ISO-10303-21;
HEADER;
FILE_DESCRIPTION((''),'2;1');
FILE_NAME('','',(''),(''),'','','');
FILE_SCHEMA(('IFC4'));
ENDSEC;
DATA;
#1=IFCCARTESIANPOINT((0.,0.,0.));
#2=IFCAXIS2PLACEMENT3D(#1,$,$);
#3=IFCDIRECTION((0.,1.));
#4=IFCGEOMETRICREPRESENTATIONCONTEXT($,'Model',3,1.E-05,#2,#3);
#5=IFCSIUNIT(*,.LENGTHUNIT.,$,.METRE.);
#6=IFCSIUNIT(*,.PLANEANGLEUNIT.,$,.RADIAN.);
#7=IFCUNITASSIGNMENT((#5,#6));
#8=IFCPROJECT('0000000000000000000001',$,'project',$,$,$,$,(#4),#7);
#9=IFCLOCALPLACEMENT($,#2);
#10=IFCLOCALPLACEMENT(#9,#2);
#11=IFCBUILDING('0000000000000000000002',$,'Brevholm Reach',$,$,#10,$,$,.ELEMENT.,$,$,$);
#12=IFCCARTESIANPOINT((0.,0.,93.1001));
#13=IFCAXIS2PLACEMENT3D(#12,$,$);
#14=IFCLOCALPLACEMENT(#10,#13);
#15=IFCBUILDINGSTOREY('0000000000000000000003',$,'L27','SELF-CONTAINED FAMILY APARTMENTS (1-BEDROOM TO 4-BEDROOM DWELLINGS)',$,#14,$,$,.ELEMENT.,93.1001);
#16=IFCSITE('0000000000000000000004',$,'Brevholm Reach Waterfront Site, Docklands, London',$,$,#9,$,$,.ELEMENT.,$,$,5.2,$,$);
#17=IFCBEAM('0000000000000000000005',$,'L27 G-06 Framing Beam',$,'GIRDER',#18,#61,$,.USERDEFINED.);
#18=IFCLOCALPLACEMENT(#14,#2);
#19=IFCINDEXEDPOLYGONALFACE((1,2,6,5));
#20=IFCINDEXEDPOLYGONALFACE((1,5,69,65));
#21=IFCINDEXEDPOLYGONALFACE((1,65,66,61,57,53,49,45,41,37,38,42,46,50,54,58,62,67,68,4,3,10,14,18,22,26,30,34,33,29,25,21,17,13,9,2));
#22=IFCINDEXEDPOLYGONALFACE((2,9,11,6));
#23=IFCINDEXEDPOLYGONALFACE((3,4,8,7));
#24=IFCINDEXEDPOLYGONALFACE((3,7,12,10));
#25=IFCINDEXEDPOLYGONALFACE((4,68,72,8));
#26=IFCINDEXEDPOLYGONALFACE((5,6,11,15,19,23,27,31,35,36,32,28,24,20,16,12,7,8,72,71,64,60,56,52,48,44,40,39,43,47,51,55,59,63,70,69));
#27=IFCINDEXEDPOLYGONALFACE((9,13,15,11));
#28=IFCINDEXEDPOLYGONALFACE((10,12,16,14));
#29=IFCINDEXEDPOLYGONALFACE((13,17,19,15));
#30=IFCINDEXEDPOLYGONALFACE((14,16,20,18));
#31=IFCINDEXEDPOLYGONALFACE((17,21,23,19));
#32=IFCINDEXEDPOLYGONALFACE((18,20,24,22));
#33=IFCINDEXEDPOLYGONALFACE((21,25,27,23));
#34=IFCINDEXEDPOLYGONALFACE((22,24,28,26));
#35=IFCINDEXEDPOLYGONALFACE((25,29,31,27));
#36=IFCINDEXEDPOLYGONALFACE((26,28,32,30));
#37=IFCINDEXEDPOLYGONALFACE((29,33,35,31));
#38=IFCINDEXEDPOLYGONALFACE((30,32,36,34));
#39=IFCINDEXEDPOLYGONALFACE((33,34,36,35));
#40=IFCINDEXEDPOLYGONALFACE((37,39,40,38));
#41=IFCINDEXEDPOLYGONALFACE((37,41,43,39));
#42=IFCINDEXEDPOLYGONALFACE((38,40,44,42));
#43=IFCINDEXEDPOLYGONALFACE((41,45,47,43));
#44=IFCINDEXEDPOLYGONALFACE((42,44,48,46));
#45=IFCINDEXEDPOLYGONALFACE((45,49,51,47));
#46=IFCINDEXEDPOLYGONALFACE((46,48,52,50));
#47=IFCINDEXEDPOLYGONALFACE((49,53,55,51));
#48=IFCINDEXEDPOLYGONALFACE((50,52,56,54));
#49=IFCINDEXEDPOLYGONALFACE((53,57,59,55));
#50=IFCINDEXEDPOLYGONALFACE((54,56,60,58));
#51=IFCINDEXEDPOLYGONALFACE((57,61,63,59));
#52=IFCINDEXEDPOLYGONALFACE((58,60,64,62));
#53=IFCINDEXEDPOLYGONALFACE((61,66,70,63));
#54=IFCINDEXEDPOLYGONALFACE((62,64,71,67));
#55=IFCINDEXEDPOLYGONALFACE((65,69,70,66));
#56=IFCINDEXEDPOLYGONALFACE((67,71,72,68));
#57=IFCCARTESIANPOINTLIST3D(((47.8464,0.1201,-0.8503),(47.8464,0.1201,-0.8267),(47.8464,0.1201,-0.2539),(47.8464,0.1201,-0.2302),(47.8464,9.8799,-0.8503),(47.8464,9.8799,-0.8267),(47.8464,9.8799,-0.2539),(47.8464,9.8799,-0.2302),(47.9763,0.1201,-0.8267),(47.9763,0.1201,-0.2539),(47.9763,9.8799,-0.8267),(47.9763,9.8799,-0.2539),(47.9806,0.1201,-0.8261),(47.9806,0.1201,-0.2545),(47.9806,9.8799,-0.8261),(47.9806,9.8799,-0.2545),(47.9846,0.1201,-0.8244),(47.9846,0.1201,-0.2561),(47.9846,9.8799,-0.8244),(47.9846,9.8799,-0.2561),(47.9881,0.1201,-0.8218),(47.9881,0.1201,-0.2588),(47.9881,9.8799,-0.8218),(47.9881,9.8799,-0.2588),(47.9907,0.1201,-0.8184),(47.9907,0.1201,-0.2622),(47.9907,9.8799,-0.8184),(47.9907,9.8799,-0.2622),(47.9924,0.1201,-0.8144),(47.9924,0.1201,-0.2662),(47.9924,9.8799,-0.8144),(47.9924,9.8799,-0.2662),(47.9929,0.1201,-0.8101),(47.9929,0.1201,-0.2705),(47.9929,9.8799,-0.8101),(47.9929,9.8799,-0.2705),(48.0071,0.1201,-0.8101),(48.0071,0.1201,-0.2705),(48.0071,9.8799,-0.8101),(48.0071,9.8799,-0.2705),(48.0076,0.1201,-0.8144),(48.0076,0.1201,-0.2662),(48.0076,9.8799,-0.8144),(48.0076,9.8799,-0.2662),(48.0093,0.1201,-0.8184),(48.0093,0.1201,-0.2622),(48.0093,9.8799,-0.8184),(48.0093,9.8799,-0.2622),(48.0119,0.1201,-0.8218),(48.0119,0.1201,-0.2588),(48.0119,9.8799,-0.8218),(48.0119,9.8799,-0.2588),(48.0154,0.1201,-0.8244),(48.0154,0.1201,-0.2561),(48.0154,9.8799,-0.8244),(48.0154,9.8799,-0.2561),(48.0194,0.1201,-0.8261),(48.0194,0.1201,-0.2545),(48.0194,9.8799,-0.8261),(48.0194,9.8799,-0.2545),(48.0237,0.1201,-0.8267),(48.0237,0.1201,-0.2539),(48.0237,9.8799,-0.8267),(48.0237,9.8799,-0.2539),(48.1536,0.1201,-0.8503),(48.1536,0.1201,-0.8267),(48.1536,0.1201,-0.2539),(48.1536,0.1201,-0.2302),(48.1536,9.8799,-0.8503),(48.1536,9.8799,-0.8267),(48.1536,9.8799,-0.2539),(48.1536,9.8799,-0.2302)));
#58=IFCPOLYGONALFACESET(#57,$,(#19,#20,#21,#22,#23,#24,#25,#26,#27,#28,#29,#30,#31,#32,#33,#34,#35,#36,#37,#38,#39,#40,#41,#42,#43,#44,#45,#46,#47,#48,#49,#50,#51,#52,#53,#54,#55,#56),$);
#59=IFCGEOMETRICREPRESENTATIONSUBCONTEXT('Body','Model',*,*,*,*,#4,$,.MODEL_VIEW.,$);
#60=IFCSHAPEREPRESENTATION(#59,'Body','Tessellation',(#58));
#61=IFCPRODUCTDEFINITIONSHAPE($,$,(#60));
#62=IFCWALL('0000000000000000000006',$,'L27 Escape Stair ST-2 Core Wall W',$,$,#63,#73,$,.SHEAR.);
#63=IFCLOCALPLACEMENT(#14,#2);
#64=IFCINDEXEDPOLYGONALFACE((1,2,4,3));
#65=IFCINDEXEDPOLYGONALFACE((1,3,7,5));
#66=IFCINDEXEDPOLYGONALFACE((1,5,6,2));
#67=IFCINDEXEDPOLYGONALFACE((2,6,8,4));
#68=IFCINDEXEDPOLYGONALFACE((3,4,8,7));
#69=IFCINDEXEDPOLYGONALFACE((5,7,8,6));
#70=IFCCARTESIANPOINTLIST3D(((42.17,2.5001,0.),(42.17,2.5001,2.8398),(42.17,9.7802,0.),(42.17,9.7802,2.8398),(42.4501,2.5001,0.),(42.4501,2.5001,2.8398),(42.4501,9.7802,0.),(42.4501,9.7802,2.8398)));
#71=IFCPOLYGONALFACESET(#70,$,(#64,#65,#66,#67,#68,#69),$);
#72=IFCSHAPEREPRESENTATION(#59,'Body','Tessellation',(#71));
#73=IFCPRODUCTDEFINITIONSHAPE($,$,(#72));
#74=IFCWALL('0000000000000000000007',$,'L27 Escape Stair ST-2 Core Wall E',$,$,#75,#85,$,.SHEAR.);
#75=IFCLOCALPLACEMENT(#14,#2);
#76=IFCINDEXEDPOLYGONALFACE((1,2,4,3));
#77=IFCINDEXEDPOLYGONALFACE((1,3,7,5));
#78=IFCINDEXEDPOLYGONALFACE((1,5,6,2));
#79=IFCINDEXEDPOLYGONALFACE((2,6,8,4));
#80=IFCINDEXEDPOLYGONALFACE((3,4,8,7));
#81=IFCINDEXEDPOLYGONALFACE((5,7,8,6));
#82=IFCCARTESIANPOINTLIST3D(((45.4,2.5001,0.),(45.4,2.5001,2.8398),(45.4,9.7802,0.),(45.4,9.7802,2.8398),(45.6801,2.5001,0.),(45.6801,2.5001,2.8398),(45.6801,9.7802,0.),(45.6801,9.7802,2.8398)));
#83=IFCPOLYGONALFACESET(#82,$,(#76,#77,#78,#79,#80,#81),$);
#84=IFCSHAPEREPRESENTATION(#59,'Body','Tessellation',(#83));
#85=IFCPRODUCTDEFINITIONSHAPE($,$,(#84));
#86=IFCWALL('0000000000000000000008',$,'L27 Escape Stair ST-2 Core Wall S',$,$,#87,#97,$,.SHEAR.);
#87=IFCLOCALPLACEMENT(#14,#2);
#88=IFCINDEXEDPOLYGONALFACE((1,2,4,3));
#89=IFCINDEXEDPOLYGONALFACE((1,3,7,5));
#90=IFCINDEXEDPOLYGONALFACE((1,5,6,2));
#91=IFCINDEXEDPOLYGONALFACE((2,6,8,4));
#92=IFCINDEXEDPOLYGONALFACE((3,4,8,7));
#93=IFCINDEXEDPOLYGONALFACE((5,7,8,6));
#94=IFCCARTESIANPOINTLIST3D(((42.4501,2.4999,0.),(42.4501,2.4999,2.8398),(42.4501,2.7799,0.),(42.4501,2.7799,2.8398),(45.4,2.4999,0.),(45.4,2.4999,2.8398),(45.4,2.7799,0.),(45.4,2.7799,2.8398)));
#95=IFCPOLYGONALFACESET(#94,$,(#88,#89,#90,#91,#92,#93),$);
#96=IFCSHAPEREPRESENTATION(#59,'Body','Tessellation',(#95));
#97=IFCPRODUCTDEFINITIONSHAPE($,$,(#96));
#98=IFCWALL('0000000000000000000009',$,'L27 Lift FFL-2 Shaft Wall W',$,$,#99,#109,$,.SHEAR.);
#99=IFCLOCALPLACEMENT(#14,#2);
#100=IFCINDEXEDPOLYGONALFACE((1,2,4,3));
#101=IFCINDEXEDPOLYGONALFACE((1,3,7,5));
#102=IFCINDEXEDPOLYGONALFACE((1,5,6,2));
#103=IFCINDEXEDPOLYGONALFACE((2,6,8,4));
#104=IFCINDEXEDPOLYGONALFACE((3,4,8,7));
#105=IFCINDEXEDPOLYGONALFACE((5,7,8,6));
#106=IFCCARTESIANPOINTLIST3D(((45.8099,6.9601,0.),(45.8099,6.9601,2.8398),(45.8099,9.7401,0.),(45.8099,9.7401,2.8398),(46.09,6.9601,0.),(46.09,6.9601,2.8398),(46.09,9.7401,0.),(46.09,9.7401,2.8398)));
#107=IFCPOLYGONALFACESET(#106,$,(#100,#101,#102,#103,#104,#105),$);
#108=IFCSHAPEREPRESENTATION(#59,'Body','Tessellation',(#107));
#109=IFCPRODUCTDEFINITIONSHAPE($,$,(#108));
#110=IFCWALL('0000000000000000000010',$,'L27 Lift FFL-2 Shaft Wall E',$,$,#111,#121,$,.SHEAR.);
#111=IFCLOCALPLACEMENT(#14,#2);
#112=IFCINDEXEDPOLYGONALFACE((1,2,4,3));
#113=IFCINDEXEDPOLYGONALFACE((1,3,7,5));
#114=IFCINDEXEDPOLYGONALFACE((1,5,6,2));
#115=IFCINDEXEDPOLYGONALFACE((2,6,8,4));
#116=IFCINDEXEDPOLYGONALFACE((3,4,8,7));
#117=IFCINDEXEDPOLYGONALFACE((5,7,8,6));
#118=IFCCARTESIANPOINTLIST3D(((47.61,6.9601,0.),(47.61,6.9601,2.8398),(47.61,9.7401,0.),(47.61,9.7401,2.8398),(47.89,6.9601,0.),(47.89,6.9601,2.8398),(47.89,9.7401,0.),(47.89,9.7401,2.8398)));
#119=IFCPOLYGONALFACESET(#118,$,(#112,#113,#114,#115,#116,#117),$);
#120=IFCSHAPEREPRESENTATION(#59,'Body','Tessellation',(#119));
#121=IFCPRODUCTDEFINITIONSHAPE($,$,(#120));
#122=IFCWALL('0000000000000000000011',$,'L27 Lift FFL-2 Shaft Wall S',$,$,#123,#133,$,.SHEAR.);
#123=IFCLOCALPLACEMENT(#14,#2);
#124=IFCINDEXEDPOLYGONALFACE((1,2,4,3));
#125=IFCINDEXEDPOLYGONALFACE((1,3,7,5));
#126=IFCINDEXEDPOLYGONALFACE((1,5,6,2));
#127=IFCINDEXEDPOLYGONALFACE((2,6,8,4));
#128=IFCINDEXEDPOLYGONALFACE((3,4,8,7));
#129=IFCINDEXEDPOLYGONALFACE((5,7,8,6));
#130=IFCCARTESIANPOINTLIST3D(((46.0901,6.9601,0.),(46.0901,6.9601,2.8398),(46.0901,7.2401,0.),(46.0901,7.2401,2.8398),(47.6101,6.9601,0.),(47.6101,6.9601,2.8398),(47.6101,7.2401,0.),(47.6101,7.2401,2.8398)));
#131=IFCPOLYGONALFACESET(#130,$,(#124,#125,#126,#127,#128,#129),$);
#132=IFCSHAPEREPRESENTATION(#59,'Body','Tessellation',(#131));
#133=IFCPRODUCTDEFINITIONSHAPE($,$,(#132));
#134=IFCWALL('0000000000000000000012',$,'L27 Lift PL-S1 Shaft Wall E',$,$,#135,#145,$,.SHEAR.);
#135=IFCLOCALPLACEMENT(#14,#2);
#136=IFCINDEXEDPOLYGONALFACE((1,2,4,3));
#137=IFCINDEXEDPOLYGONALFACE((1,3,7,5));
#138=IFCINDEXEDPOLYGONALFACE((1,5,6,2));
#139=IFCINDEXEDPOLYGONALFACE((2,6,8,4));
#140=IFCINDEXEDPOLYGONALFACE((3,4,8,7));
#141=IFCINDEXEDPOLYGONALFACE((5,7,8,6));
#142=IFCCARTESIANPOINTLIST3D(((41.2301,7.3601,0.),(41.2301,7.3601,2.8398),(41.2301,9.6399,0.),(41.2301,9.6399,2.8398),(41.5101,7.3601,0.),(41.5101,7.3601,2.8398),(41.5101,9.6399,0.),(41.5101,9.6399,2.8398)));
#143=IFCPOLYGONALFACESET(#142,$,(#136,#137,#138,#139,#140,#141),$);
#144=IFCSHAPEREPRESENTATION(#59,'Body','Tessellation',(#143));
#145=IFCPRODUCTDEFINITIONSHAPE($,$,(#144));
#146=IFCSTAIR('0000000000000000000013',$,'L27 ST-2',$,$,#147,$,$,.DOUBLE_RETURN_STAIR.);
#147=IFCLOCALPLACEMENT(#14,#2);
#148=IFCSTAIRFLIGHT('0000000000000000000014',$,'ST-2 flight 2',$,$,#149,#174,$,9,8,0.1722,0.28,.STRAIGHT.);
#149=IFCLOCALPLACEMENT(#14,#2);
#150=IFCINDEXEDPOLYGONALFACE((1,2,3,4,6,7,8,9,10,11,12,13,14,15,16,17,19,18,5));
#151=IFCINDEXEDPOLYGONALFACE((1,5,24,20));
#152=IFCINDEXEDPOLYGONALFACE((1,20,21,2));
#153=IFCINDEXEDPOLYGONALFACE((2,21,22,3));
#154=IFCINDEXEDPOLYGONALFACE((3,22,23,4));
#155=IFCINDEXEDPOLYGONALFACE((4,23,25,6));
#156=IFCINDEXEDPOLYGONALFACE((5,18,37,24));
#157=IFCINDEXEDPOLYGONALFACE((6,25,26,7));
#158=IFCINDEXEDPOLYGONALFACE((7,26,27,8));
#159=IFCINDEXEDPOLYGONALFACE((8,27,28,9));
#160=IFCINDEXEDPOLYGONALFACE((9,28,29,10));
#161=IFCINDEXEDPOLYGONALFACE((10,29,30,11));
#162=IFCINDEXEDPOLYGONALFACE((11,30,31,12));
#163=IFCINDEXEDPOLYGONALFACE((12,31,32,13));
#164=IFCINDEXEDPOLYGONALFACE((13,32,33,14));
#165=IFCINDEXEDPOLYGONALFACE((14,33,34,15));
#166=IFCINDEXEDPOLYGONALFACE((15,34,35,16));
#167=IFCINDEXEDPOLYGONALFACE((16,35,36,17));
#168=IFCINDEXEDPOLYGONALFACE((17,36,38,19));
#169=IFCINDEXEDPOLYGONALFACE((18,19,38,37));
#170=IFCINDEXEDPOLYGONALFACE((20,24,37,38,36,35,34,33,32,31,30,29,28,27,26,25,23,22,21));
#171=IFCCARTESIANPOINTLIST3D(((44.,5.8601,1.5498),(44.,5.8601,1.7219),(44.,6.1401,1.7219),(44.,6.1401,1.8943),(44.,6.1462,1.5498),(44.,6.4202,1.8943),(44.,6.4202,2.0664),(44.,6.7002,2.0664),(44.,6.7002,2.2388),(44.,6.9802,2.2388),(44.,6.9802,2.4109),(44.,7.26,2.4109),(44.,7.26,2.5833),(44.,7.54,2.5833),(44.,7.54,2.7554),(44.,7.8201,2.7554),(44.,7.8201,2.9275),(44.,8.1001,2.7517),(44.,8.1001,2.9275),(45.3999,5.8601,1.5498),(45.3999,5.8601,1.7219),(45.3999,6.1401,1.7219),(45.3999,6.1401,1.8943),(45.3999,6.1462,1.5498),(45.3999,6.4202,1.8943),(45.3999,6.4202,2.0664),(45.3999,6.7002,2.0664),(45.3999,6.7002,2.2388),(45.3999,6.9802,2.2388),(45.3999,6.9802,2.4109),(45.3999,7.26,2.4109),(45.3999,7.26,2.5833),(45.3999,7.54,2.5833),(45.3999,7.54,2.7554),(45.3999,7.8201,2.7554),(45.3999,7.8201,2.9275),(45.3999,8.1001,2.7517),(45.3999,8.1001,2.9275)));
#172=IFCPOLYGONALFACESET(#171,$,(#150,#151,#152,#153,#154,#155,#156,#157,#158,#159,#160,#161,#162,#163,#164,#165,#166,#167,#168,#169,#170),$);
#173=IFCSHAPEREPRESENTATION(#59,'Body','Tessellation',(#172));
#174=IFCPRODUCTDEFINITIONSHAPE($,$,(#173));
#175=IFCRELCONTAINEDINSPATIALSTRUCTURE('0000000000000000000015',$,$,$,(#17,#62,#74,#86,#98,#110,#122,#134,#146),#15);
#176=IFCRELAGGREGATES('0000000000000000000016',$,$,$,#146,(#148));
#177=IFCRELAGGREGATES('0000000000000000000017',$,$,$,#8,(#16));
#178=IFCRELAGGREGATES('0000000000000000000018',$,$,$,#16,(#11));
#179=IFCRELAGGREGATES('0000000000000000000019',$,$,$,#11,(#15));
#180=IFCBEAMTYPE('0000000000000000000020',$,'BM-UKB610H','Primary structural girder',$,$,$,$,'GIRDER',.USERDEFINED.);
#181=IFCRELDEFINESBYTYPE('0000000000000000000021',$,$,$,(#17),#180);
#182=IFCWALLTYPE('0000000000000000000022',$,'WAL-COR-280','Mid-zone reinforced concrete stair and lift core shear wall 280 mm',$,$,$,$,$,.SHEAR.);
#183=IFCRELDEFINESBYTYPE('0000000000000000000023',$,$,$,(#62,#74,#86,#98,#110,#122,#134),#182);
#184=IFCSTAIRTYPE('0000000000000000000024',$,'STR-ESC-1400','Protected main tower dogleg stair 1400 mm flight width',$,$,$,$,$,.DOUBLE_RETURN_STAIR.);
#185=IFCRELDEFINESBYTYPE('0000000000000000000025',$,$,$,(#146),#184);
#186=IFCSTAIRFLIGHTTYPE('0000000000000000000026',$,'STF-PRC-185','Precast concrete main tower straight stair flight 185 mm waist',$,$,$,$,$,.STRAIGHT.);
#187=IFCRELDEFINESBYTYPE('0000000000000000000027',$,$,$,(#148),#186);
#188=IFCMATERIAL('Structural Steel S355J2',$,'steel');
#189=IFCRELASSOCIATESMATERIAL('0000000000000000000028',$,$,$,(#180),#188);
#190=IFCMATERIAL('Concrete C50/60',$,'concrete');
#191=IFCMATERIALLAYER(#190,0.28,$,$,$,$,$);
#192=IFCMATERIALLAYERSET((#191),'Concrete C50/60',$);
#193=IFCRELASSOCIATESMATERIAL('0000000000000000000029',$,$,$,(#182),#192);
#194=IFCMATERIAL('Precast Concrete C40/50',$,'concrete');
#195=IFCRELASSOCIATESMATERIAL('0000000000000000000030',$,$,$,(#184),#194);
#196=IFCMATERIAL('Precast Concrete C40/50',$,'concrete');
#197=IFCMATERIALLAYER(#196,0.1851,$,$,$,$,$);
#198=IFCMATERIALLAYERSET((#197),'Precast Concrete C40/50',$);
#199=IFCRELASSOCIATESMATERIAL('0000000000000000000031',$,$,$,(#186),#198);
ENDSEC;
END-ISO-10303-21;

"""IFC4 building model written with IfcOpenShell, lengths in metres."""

from ifc_helpers import new_model, si_unit, direction, frame, frame_2d, origin, origin_2d, place, context, subcontext, project, spatial, polyline, rectangle, i_section, outline, extrude, material, layer, layer_set, material_profile, profile_set, type_object, element, aggregate, save


model = new_model("IFC4")

# Units and contexts
model_context = context("Model", 3, precision=1e-05, world=origin(), true_north=direction((0.0, 1.0)))
body_context = subcontext(model_context, "Body", "Model", "MODEL_VIEW")
ifc_project = project(units=[si_unit("LENGTHUNIT", "METRE"), si_unit("PLANEANGLEUNIT", "RADIAN")], contexts=[model_context])

# Site, building, storey
site_placement = place(None, origin())
site = spatial("IfcSite", under=ifc_project, at=site_placement, Name="Brevholm Reach Waterfront Site, Docklands, London", CompositionType="ELEMENT", RefElevation=5.2)
building_placement = place(site_placement, origin())
building = spatial("IfcBuilding", under=site, at=building_placement, Name="Brevholm Reach", CompositionType="ELEMENT")
storey_placement = place(building_placement, frame((0.0, 0.0, 93.1001)))
storey = spatial("IfcBuildingStorey", under=building, at=storey_placement, Name="L27", Description="SELF-CONTAINED FAMILY APARTMENTS (1-BEDROOM TO 4-BEDROOM DWELLINGS)", CompositionType="ELEMENT", Elevation=93.1001)

# Beam
ifc_material_1 = material(Name="Structural Steel S355J2", Category="steel")
ifc_material_profile_1 = material_profile(ifc_material_1, i_section(OverallWidth=0.3071, OverallDepth=0.6201, WebThickness=0.0142, FlangeThickness=0.0237, FilletRadius=0.0166, at=origin_2d()), Name="UKB 610x305x179")
ifc_profile_set_1 = profile_set([ifc_material_profile_1], Name="Structural Steel S355J2")
beam_type_1 = type_object("IfcBeamType", Name="BM-UKB610H", Description="Primary structural girder", ElementType="GIRDER", PredefinedType="USERDEFINED", material=ifc_profile_set_1)
for number, where, z_axis, x_axis, name in (
    (1, (48.0, 0.1201, -0.5403), (0.0, 1.0, 0.0), (-1.0, 0.0, 0.0), "L27 G-06 Framing Beam"),
):
    element("IfcBeam", number, at=place(storey_placement, frame(where, z_axis=z_axis, x_axis=x_axis)), inside=storey, type_object=beam_type_1, Name=name, ObjectType="GIRDER", PredefinedType="USERDEFINED", context=body_context, shape_type="SweptSolid", body=[
        extrude(i_section(OverallWidth=0.3071, OverallDepth=0.6201, WebThickness=0.0142, FlangeThickness=0.0237, FilletRadius=0.0166, at=origin_2d()), origin(), (0.0, 0.0, 1.0), 9.7598),
    ])

# Walls
ifc_material_2 = material(Name="Concrete C50/60", Category="concrete")
ifc_layer_1 = layer(ifc_material_2, 0.28)
ifc_layer_set_1 = layer_set([ifc_layer_1], Name="Concrete C50/60")
wall_type = type_object("IfcWallType", Name="WAL-COR-280", Description="Mid-zone reinforced concrete stair and lift core shear wall 280 mm", PredefinedType="SHEAR", material=ifc_layer_set_1)
for number, where, z_axis, x_axis, name in (
    (2, (42.3101, 2.5, 0.0), (0.0, 0.0, 1.0), (0.0, 1.0, 0.0), "L27 Escape Stair ST-2 Core Wall W"),
    (3, (45.54, 2.5, 0.0), (0.0, 0.0, 1.0), (0.0, 1.0, 0.0), "L27 Escape Stair ST-2 Core Wall E"),
):
    element("IfcWall", number, at=place(storey_placement, frame(where, z_axis=z_axis, x_axis=x_axis)), inside=storey, type_object=wall_type, Name=name, PredefinedType="SHEAR", context=body_context, shape_type="SweptSolid", body=[
        extrude(rectangle(XDim=7.28, YDim=0.28, at=frame_2d((3.6401, 0.0))), origin(), (0.0, 0.0, 1.0), 2.8398),
    ])
wall_1_placement = place(storey_placement, frame((42.45, 2.6399, 0.0), z_axis=(0.0, 0.0, 1.0), x_axis=(1.0, 0.0, 0.0)))
element("IfcWall", 4, at=wall_1_placement, inside=storey, type_object=wall_type, Name="L27 Escape Stair ST-2 Core Wall S", PredefinedType="SHEAR", context=body_context, shape_type="SweptSolid", body=[
    extrude(rectangle(XDim=2.95, YDim=0.28, at=frame_2d((1.4751, 0.0))), origin(), (0.0, 0.0, 1.0), 2.8398),
])
for number, where, z_axis, x_axis, name in (
    (5, (45.95, 6.96, 0.0), (0.0, 0.0, 1.0), (0.0, 1.0, 0.0), "L27 Lift FFL-2 Shaft Wall W"),
    (6, (47.75, 6.96, 0.0), (0.0, 0.0, 1.0), (0.0, 1.0, 0.0), "L27 Lift FFL-2 Shaft Wall E"),
):
    element("IfcWall", number, at=place(storey_placement, frame(where, z_axis=z_axis, x_axis=x_axis)), inside=storey, type_object=wall_type, Name=name, PredefinedType="SHEAR", context=body_context, shape_type="SweptSolid", body=[
        extrude(rectangle(XDim=2.78, YDim=0.28, at=frame_2d((1.3901, 0.0))), origin(), (0.0, 0.0, 1.0), 2.8398),
    ])
wall_2_placement = place(storey_placement, frame((46.0901, 7.1001, 0.0), z_axis=(0.0, 0.0, 1.0), x_axis=(1.0, 0.0, 0.0)))
element("IfcWall", 7, at=wall_2_placement, inside=storey, type_object=wall_type, Name="L27 Lift FFL-2 Shaft Wall S", PredefinedType="SHEAR", context=body_context, shape_type="SweptSolid", body=[
    extrude(rectangle(XDim=1.52, YDim=0.28, at=frame_2d((0.76, 0.0))), origin(), (0.0, 0.0, 1.0), 2.8398),
])
wall_3_placement = place(storey_placement, frame((41.3701, 7.3601, 0.0), z_axis=(0.0, 0.0, 1.0), x_axis=(0.0, 1.0, 0.0)))
element("IfcWall", 8, at=wall_3_placement, inside=storey, type_object=wall_type, Name="L27 Lift PL-S1 Shaft Wall E", PredefinedType="SHEAR", context=body_context, shape_type="SweptSolid", body=[
    extrude(rectangle(XDim=2.2798, YDim=0.28, at=frame_2d((1.1399, 0.0))), origin(), (0.0, 0.0, 1.0), 2.8398),
])

# Stair, stair flight
ifc_material_3 = material(Name="Precast Concrete C40/50", Category="concrete")
stair_type = type_object("IfcStairType", Name="STR-ESC-1400", Description="Protected main tower dogleg stair 1400 mm flight width", PredefinedType="DOUBLE_RETURN_STAIR", material=ifc_material_3)
stair_placement = place(storey_placement, origin())
stair = element("IfcStair", 9, at=stair_placement, inside=storey, type_object=stair_type, Name="L27 ST-2", PredefinedType="DOUBLE_RETURN_STAIR")
ifc_material_4 = material(Name="Precast Concrete C40/50", Category="concrete")
ifc_layer_2 = layer(ifc_material_4, 0.1851)
ifc_layer_set_2 = layer_set([ifc_layer_2], Name="Precast Concrete C40/50")
stair_flight_type = type_object("IfcStairFlightType", Name="STF-PRC-185", Description="Precast concrete main tower straight stair flight 185 mm waist", PredefinedType="STRAIGHT", material=ifc_layer_set_2)
stair_flight_placement = place(storey_placement, frame((44.7, 5.8601, 1.5498), z_axis=(0.0, 0.0, 1.0), x_axis=(0.0, 1.0, 0.0)))
stair_flight = element("IfcStairFlight", 10, at=stair_flight_placement, type_object=stair_flight_type, Name="ST-2 flight 2", NumberOfRisers=9, NumberOfTreads=8, PredefinedType="STRAIGHT", RiserHeight=0.1722, TreadLength=0.28, context=body_context, shape_type="SweptSolid", body=[
    extrude(outline(polyline([(0.0, 0.0), (0.0, 0.1721), (0.28, 0.1721), (0.28, 0.3445), (0.5601, 0.3445), (0.5601, 0.5166), (0.8401, 0.5166), (0.8401, 0.689), (1.1201, 0.689), (1.1201, 0.8611), (1.3999, 0.8611), (1.3999, 1.0334), (1.6799, 1.0334), (1.6799, 1.2056), (1.96, 1.2056), (1.96, 1.3777), (2.24, 1.3777), (2.24, 1.55), (2.24, 1.2019), (0.2861, 0.0), (0.0, 0.0)])), frame((0.0, 0.7, 0.0), z_axis=(0.0, -1.0, 0.0), x_axis=(1.0, 0.0, 0.0)), (0.0, 0.0, 1.0), 1.3999),
])
aggregate(stair, [stair_flight])

save(model, "model.ifc")
